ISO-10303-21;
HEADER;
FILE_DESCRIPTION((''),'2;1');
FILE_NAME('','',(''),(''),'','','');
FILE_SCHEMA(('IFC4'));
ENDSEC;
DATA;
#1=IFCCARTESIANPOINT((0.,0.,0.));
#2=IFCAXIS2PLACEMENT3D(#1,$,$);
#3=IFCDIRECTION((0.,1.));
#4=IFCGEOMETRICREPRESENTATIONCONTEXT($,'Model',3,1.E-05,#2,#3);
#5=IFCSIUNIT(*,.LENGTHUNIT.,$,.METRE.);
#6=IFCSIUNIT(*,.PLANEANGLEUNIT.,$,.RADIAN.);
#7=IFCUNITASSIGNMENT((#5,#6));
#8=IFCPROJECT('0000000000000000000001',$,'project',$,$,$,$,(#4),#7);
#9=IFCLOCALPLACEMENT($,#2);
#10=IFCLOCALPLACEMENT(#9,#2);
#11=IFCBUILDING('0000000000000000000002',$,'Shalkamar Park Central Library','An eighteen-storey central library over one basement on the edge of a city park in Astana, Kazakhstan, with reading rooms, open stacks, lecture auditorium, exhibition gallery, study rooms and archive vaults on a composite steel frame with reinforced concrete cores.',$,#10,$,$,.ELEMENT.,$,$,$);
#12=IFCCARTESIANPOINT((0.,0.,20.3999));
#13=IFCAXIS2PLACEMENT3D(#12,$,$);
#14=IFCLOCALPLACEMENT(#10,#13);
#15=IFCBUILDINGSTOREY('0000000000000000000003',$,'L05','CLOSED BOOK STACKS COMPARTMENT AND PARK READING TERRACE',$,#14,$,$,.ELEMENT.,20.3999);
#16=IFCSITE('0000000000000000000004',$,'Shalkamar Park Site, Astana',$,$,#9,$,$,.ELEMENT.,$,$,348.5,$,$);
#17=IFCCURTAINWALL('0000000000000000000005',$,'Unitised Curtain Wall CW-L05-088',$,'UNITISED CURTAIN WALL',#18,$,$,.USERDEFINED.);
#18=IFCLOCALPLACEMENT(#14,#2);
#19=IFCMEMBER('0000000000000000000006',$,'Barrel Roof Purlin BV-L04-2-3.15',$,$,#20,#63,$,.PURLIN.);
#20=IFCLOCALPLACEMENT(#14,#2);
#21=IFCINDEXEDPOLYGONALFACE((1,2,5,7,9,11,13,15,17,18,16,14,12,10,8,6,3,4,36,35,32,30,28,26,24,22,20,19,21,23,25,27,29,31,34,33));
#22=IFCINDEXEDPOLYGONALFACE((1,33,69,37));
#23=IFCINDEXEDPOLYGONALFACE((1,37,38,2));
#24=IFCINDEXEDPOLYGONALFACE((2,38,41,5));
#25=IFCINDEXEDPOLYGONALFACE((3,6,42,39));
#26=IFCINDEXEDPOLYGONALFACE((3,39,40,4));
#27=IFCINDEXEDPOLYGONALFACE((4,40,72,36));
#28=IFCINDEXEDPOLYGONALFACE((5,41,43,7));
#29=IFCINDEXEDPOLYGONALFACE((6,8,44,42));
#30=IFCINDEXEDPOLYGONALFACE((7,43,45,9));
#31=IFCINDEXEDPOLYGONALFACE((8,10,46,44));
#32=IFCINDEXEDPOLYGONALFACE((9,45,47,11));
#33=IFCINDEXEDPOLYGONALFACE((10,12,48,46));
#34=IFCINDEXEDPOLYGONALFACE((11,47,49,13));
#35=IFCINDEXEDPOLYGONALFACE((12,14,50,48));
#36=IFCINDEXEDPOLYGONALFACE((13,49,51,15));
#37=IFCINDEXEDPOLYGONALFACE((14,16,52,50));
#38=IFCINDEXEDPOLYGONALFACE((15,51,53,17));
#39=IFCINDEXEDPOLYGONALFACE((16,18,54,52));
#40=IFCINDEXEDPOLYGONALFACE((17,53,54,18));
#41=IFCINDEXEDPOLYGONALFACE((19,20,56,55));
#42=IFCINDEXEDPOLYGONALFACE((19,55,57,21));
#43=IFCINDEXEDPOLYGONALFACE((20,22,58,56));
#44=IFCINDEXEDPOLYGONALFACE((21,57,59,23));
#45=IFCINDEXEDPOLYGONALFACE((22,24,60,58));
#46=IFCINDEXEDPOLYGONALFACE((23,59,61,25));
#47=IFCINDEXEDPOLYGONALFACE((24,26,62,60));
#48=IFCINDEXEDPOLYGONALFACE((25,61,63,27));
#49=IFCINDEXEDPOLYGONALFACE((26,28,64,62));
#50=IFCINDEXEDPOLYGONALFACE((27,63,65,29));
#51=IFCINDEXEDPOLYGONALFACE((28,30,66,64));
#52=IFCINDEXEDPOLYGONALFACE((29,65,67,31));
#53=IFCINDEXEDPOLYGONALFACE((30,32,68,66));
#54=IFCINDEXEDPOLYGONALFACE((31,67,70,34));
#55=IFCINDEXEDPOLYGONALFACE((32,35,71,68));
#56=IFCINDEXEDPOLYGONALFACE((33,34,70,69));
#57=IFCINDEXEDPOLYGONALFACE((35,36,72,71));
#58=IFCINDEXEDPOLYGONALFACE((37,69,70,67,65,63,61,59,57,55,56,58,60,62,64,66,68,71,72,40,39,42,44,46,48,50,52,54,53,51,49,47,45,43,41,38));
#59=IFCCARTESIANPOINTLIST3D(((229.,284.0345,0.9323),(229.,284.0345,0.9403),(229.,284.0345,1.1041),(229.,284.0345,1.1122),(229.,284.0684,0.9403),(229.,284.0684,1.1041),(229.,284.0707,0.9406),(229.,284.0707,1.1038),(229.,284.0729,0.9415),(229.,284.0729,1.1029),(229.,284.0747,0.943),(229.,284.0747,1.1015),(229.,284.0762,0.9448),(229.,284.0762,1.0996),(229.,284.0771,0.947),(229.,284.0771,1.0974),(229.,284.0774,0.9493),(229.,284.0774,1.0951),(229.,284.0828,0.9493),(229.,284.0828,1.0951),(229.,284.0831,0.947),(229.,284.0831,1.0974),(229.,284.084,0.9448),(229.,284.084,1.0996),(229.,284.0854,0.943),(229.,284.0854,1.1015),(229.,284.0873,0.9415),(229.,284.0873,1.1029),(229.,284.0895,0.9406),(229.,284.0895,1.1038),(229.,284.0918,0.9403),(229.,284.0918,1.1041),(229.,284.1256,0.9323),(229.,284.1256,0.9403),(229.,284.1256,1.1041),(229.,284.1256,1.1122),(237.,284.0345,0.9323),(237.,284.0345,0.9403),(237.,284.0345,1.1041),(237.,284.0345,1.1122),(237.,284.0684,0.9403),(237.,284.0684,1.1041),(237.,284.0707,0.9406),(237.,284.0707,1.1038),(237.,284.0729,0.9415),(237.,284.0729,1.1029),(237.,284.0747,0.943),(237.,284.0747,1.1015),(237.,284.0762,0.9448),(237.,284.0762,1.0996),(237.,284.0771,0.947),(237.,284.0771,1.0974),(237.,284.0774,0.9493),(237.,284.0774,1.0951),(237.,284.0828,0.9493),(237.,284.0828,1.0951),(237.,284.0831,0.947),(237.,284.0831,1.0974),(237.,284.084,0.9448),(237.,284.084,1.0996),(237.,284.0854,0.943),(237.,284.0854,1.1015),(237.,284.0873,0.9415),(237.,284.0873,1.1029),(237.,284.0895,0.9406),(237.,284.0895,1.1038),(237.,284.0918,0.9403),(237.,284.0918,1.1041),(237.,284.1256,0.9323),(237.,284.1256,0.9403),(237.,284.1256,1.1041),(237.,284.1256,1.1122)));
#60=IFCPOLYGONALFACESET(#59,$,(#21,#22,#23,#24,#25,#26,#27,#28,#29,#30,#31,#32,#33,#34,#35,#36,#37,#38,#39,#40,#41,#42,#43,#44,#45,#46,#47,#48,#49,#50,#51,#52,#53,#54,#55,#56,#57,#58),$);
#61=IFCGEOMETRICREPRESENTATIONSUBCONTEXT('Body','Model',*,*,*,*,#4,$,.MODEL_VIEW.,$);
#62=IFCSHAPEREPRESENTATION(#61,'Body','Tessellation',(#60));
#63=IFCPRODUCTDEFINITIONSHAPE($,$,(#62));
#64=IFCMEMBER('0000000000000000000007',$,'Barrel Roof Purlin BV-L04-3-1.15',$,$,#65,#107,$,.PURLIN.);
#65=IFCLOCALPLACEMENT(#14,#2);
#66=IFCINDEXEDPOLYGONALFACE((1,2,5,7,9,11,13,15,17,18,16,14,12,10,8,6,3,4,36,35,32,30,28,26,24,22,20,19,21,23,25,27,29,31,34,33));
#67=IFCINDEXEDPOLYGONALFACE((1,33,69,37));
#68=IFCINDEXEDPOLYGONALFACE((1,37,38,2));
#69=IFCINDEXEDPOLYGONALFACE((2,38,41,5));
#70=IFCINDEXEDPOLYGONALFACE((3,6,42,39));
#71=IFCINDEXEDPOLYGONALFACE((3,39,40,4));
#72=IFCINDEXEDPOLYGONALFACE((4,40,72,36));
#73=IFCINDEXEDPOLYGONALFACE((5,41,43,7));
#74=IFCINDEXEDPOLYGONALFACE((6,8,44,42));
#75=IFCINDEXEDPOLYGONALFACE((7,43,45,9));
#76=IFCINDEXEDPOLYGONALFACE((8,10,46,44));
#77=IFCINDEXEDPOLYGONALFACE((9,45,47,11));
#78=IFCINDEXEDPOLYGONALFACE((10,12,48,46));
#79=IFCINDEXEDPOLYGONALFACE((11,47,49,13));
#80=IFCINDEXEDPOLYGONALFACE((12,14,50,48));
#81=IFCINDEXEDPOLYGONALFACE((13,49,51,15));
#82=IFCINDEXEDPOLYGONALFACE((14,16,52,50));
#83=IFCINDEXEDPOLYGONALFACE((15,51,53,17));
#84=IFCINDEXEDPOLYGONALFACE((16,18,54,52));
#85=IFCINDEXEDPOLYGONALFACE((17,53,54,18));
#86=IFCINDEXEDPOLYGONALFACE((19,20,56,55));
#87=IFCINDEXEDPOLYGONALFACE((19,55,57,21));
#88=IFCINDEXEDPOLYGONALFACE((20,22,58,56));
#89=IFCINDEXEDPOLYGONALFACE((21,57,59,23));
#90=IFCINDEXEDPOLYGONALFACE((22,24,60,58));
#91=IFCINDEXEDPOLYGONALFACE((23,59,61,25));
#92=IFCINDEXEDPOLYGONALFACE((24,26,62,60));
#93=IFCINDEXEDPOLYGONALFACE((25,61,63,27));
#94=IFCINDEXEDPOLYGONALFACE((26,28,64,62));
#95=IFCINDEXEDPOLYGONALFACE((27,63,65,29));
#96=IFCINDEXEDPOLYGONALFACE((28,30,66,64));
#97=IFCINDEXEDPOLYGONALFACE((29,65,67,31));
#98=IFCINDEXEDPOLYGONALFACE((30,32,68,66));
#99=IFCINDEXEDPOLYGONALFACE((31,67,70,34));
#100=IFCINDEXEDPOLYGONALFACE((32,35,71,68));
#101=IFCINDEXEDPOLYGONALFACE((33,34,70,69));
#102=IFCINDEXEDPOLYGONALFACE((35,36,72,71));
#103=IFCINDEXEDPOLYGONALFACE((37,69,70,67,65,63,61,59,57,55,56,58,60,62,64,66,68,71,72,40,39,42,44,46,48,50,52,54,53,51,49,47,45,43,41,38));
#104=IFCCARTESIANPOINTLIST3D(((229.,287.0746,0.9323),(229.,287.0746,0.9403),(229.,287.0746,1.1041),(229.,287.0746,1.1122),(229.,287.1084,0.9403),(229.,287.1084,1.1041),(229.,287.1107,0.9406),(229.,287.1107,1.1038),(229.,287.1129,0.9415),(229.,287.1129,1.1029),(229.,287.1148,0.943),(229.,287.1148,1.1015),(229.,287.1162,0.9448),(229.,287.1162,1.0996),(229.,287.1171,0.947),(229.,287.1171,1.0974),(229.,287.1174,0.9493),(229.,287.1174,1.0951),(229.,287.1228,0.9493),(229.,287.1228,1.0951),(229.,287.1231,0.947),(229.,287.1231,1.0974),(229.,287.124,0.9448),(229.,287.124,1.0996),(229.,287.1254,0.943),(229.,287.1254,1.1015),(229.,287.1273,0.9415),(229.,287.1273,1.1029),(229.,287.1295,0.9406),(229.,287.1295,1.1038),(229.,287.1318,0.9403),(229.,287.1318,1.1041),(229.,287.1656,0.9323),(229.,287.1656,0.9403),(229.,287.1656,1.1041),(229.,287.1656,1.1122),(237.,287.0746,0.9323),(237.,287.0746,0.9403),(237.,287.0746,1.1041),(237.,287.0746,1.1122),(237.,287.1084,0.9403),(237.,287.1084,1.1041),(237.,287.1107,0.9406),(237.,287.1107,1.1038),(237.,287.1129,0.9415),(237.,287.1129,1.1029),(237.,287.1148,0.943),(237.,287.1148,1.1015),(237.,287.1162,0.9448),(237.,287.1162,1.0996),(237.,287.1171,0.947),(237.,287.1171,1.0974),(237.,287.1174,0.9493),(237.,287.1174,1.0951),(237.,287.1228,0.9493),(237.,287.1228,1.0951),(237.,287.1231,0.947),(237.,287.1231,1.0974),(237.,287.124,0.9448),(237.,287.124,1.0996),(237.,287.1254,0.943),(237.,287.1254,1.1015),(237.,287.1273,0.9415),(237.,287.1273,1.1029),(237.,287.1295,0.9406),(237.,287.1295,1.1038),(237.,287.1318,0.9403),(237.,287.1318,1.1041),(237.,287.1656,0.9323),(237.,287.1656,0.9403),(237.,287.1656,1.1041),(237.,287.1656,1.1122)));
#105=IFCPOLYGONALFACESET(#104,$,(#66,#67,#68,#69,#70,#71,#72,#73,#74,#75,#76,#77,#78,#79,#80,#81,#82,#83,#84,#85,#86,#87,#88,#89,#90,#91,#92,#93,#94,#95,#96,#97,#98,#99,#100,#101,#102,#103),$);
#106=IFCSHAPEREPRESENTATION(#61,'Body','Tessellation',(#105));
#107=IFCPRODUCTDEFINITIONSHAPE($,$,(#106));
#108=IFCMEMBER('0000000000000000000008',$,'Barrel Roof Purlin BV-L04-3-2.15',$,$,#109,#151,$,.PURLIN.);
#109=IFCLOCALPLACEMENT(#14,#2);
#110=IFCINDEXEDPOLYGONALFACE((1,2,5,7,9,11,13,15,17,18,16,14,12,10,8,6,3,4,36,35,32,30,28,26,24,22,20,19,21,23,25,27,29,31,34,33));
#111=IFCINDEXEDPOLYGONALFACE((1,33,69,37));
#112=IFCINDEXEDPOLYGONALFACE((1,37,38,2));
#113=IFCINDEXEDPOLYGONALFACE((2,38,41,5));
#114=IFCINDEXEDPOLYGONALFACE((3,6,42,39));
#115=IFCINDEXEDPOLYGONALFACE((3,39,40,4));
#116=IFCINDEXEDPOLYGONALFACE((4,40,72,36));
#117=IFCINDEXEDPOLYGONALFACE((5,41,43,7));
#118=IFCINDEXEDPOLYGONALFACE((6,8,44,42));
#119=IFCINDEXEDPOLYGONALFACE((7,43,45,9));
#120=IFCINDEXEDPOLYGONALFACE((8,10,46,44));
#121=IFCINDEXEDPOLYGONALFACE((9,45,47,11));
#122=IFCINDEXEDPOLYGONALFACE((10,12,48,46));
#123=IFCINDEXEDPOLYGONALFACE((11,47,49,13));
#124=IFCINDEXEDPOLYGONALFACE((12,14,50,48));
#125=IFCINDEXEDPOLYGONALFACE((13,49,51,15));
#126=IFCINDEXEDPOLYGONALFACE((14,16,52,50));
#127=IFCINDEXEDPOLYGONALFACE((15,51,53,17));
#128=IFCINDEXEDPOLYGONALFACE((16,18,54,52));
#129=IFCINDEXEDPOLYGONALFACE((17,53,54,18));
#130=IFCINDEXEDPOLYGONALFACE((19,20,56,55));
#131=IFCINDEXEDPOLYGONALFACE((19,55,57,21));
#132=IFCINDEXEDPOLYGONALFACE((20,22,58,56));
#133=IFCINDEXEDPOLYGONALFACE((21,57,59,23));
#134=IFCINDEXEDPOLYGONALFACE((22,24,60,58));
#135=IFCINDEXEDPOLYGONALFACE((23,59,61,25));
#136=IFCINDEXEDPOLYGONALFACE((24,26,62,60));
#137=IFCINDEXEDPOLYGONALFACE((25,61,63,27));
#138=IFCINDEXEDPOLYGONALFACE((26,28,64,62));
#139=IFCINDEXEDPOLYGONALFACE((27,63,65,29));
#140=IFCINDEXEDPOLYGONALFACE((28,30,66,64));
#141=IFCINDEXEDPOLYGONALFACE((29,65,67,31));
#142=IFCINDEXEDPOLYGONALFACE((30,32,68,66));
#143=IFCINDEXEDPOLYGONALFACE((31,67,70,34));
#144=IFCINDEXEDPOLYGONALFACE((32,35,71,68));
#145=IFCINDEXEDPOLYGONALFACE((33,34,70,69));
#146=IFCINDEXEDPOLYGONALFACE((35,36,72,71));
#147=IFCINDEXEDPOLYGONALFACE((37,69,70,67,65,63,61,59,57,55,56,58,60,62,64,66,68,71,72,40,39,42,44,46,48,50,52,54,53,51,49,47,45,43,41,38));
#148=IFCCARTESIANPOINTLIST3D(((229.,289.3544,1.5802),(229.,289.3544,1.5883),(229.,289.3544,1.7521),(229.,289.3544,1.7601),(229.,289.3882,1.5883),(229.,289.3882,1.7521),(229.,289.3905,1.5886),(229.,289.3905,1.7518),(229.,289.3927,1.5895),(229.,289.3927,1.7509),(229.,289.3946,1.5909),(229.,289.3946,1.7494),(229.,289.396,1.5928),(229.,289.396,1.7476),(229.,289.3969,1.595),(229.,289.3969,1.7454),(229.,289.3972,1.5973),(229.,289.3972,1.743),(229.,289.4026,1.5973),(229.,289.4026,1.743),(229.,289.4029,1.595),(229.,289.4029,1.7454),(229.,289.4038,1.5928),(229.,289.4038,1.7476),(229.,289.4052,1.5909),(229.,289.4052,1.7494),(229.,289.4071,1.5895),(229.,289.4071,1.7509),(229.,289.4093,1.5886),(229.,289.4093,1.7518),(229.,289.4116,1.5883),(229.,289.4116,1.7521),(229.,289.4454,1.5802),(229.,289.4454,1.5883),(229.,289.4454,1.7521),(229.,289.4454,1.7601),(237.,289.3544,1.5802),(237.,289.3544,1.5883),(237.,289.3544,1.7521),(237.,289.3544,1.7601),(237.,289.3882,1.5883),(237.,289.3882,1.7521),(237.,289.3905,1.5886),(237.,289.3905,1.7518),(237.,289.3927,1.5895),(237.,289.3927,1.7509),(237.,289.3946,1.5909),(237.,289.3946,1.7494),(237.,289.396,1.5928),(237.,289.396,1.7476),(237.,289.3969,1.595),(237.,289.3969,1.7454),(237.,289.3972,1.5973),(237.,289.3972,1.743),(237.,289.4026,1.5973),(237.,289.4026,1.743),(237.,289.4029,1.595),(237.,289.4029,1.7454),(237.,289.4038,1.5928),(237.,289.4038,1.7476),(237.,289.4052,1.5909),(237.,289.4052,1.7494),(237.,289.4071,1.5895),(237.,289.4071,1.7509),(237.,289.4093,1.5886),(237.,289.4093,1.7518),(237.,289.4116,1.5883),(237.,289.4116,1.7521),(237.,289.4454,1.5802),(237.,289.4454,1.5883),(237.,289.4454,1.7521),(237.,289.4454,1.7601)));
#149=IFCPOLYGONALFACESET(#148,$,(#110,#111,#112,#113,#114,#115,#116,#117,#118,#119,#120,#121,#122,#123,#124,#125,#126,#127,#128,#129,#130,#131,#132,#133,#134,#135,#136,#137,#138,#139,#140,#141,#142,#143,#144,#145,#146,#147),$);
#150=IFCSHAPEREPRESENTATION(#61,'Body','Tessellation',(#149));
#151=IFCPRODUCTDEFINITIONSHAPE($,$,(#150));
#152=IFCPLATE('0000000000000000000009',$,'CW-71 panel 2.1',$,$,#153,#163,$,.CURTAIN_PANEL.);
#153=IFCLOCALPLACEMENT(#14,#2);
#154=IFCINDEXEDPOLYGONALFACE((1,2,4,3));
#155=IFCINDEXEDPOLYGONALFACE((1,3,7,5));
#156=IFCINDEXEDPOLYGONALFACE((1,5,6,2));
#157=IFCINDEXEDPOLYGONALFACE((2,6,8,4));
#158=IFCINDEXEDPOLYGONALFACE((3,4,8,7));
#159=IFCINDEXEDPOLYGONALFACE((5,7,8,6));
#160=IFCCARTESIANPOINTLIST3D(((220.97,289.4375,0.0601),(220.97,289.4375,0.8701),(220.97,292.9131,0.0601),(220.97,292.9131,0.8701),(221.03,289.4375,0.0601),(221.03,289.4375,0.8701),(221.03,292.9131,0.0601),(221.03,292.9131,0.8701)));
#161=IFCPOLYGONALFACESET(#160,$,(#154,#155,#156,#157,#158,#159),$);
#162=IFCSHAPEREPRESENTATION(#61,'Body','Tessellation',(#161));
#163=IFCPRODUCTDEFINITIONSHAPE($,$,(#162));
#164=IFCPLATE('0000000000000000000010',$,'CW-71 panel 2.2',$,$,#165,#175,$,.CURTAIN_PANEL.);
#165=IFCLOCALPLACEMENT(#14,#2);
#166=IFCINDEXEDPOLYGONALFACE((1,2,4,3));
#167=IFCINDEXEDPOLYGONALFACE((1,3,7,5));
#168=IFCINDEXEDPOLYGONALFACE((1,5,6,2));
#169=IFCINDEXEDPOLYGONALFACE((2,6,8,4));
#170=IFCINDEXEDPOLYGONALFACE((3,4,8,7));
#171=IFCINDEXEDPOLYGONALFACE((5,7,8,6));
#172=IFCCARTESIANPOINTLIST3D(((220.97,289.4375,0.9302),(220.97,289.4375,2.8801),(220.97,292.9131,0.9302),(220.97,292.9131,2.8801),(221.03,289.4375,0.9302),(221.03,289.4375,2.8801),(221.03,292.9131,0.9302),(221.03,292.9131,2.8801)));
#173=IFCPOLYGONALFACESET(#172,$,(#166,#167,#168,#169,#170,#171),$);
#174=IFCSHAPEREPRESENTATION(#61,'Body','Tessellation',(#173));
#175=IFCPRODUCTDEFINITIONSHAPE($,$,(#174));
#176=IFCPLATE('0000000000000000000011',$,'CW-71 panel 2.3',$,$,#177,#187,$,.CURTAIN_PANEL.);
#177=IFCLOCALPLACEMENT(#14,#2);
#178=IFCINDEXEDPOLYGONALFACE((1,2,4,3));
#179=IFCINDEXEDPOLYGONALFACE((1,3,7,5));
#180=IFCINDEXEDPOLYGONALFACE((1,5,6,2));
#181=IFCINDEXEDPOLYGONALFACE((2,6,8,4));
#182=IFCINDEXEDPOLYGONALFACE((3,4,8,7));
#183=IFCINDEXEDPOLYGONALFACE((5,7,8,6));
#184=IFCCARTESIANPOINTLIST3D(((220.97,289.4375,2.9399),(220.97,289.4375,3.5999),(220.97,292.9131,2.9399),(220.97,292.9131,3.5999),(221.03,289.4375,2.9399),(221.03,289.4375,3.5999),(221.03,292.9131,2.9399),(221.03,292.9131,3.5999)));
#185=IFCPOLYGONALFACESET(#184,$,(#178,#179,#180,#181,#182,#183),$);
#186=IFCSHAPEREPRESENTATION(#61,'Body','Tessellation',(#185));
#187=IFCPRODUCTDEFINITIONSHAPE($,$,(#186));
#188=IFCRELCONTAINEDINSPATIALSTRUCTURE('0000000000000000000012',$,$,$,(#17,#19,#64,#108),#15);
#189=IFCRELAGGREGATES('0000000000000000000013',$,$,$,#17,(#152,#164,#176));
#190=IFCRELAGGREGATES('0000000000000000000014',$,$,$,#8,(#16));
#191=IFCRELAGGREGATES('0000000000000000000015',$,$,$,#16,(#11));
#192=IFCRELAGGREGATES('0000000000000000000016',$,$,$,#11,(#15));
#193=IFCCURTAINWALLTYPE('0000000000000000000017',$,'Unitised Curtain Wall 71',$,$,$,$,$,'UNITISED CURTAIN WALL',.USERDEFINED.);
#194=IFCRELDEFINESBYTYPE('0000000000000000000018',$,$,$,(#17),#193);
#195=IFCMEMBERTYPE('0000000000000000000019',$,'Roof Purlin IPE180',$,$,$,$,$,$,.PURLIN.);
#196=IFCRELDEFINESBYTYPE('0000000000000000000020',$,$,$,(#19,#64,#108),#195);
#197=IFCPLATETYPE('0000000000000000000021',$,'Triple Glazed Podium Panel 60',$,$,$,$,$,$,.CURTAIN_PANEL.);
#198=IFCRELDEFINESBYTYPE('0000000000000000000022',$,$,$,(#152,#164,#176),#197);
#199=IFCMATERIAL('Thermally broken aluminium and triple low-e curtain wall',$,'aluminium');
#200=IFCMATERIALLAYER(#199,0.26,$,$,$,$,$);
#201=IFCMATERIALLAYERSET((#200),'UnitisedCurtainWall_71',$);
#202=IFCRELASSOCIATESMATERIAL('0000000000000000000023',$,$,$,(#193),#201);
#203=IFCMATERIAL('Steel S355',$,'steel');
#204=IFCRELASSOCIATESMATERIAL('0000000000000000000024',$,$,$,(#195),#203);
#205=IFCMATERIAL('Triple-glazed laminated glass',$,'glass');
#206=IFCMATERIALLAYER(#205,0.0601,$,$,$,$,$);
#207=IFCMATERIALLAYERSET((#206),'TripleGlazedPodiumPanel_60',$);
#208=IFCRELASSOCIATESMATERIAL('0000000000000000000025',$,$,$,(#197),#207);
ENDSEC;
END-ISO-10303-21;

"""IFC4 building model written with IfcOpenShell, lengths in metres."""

from ifc_helpers import new_model, si_unit, direction, frame, origin, origin_2d, place, context, subcontext, project, spatial, rectangle, i_section, extrude, material, layer, layer_set, material_profile, profile_set, type_object, element, aggregate, save


model = new_model("IFC4")

# Units and contexts
model_context = context("Model", 3, precision=1e-05, world=origin(), true_north=direction((0.0, 1.0)))
body_context = subcontext(model_context, "Body", "Model", "MODEL_VIEW")
ifc_project = project(units=[si_unit("LENGTHUNIT", "METRE"), si_unit("PLANEANGLEUNIT", "RADIAN")], contexts=[model_context])

# Site, building, storey
site_placement = place(None, origin())
site = spatial("IfcSite", under=ifc_project, at=site_placement, Name="Shalkamar Park Site, Astana", CompositionType="ELEMENT", RefElevation=348.5)
building_placement = place(site_placement, origin())
building = spatial("IfcBuilding", under=site, at=building_placement, Name="Shalkamar Park Central Library", Description="An eighteen-storey central library over one basement on the edge of a city park in Astana, Kazakhstan, with reading rooms, open stacks, lecture auditorium, exhibition gallery, study rooms and archive vaults on a composite steel frame with reinforced concrete cores.", CompositionType="ELEMENT")
storey_placement = place(building_placement, frame((0.0, 0.0, 20.3999)))
storey = spatial("IfcBuildingStorey", under=building, at=storey_placement, Name="L05", Description="CLOSED BOOK STACKS COMPARTMENT AND PARK READING TERRACE", CompositionType="ELEMENT", Elevation=20.3999)

# Curtain wall
ifc_material_1 = material(Name="Thermally broken aluminium and triple low-e curtain wall", Category="aluminium")
ifc_layer_1 = layer(ifc_material_1, 0.26)
ifc_layer_set_1 = layer_set([ifc_layer_1], Name="UnitisedCurtainWall_71")
curtain_wall_type = type_object("IfcCurtainWallType", Name="Unitised Curtain Wall 71", ElementType="UNITISED CURTAIN WALL", PredefinedType="USERDEFINED", material=ifc_layer_set_1)
curtain_wall_placement = place(storey_placement, origin())
curtain_wall = element("IfcCurtainWall", 1, at=curtain_wall_placement, inside=storey, type_object=curtain_wall_type, Name="Unitised Curtain Wall CW-L05-088", ObjectType="UNITISED CURTAIN WALL", PredefinedType="USERDEFINED")

# Members
ifc_material_2 = material(Name="Steel S355", Category="steel")
ifc_material_profile_1 = material_profile(ifc_material_2, i_section(OverallWidth=0.0911, OverallDepth=0.1799, WebThickness=0.0054, FlangeThickness=0.0081, FilletRadius=0.009, at=origin_2d()), Name="IPE 180")
ifc_profile_set_1 = profile_set([ifc_material_profile_1], Name="Steel S355")
member_type_1 = type_object("IfcMemberType", Name="Roof Purlin IPE180", PredefinedType="PURLIN", material=ifc_profile_set_1)
for number, where, z_axis, x_axis, name in (
    (2, (229.0, 284.0801, 1.0222), (1.0, 0.0, 0.0), (0.0, 1.0, 0.0), "Barrel Roof Purlin BV-L04-2-3.15"),
    (3, (229.0, 287.1201, 1.0222), (1.0, 0.0, 0.0), (0.0, 1.0, 0.0), "Barrel Roof Purlin BV-L04-3-1.15"),
    (4, (229.0, 289.3999, 1.6702), (1.0, 0.0, 0.0), (0.0, 1.0, 0.0), "Barrel Roof Purlin BV-L04-3-2.15"),
):
    element("IfcMember", number, at=place(storey_placement, frame(where, z_axis=z_axis, x_axis=x_axis)), inside=storey, type_object=member_type_1, Name=name, PredefinedType="PURLIN", context=body_context, shape_type="SweptSolid", body=[
        extrude(i_section(OverallWidth=0.0911, OverallDepth=0.1799, WebThickness=0.0054, FlangeThickness=0.0081, FilletRadius=0.009, at=origin_2d()), origin(), (0.0, 0.0, 1.0), 8.0),
    ])

# Plates
ifc_material_3 = material(Name="Triple-glazed laminated glass", Category="glass")
ifc_layer_2 = layer(ifc_material_3, 0.0601)
ifc_layer_set_2 = layer_set([ifc_layer_2], Name="TripleGlazedPodiumPanel_60")
plate_type = type_object("IfcPlateType", Name="Triple Glazed Podium Panel 60", PredefinedType="CURTAIN_PANEL", material=ifc_layer_set_2)
plate_1_placement = place(storey_placement, frame((221.0, 291.1753, 0.0601), z_axis=(0.0, 0.0, 1.0), x_axis=(0.0, 1.0, 0.0)))
plate_1 = element("IfcPlate", 5, at=plate_1_placement, type_object=plate_type, Name="CW-71 panel 2.1", PredefinedType="CURTAIN_PANEL", context=body_context, shape_type="SweptSolid", body=[
    extrude(rectangle(XDim=3.4756, YDim=0.0601, at=origin_2d()), origin(), (0.0, 0.0, 1.0), 0.8101),
])
plate_2_placement = place(storey_placement, frame((221.0, 291.1753, 0.9302), z_axis=(0.0, 0.0, 1.0), x_axis=(0.0, 1.0, 0.0)))
plate_2 = element("IfcPlate", 6, at=plate_2_placement, type_object=plate_type, Name="CW-71 panel 2.2", PredefinedType="CURTAIN_PANEL", context=body_context, shape_type="SweptSolid", body=[
    extrude(rectangle(XDim=3.4756, YDim=0.0601, at=origin_2d()), origin(), (0.0, 0.0, 1.0), 1.95),
])
plate_3_placement = place(storey_placement, frame((221.0, 291.1753, 2.9399), z_axis=(0.0, 0.0, 1.0), x_axis=(0.0, 1.0, 0.0)))
plate_3 = element("IfcPlate", 7, at=plate_3_placement, type_object=plate_type, Name="CW-71 panel 2.3", PredefinedType="CURTAIN_PANEL", context=body_context, shape_type="SweptSolid", body=[
    extrude(rectangle(XDim=3.4756, YDim=0.0601, at=origin_2d()), origin(), (0.0, 0.0, 1.0), 0.6599),
])
aggregate(curtain_wall, [plate_1, plate_2, plate_3])

save(model, "model.ifc")
